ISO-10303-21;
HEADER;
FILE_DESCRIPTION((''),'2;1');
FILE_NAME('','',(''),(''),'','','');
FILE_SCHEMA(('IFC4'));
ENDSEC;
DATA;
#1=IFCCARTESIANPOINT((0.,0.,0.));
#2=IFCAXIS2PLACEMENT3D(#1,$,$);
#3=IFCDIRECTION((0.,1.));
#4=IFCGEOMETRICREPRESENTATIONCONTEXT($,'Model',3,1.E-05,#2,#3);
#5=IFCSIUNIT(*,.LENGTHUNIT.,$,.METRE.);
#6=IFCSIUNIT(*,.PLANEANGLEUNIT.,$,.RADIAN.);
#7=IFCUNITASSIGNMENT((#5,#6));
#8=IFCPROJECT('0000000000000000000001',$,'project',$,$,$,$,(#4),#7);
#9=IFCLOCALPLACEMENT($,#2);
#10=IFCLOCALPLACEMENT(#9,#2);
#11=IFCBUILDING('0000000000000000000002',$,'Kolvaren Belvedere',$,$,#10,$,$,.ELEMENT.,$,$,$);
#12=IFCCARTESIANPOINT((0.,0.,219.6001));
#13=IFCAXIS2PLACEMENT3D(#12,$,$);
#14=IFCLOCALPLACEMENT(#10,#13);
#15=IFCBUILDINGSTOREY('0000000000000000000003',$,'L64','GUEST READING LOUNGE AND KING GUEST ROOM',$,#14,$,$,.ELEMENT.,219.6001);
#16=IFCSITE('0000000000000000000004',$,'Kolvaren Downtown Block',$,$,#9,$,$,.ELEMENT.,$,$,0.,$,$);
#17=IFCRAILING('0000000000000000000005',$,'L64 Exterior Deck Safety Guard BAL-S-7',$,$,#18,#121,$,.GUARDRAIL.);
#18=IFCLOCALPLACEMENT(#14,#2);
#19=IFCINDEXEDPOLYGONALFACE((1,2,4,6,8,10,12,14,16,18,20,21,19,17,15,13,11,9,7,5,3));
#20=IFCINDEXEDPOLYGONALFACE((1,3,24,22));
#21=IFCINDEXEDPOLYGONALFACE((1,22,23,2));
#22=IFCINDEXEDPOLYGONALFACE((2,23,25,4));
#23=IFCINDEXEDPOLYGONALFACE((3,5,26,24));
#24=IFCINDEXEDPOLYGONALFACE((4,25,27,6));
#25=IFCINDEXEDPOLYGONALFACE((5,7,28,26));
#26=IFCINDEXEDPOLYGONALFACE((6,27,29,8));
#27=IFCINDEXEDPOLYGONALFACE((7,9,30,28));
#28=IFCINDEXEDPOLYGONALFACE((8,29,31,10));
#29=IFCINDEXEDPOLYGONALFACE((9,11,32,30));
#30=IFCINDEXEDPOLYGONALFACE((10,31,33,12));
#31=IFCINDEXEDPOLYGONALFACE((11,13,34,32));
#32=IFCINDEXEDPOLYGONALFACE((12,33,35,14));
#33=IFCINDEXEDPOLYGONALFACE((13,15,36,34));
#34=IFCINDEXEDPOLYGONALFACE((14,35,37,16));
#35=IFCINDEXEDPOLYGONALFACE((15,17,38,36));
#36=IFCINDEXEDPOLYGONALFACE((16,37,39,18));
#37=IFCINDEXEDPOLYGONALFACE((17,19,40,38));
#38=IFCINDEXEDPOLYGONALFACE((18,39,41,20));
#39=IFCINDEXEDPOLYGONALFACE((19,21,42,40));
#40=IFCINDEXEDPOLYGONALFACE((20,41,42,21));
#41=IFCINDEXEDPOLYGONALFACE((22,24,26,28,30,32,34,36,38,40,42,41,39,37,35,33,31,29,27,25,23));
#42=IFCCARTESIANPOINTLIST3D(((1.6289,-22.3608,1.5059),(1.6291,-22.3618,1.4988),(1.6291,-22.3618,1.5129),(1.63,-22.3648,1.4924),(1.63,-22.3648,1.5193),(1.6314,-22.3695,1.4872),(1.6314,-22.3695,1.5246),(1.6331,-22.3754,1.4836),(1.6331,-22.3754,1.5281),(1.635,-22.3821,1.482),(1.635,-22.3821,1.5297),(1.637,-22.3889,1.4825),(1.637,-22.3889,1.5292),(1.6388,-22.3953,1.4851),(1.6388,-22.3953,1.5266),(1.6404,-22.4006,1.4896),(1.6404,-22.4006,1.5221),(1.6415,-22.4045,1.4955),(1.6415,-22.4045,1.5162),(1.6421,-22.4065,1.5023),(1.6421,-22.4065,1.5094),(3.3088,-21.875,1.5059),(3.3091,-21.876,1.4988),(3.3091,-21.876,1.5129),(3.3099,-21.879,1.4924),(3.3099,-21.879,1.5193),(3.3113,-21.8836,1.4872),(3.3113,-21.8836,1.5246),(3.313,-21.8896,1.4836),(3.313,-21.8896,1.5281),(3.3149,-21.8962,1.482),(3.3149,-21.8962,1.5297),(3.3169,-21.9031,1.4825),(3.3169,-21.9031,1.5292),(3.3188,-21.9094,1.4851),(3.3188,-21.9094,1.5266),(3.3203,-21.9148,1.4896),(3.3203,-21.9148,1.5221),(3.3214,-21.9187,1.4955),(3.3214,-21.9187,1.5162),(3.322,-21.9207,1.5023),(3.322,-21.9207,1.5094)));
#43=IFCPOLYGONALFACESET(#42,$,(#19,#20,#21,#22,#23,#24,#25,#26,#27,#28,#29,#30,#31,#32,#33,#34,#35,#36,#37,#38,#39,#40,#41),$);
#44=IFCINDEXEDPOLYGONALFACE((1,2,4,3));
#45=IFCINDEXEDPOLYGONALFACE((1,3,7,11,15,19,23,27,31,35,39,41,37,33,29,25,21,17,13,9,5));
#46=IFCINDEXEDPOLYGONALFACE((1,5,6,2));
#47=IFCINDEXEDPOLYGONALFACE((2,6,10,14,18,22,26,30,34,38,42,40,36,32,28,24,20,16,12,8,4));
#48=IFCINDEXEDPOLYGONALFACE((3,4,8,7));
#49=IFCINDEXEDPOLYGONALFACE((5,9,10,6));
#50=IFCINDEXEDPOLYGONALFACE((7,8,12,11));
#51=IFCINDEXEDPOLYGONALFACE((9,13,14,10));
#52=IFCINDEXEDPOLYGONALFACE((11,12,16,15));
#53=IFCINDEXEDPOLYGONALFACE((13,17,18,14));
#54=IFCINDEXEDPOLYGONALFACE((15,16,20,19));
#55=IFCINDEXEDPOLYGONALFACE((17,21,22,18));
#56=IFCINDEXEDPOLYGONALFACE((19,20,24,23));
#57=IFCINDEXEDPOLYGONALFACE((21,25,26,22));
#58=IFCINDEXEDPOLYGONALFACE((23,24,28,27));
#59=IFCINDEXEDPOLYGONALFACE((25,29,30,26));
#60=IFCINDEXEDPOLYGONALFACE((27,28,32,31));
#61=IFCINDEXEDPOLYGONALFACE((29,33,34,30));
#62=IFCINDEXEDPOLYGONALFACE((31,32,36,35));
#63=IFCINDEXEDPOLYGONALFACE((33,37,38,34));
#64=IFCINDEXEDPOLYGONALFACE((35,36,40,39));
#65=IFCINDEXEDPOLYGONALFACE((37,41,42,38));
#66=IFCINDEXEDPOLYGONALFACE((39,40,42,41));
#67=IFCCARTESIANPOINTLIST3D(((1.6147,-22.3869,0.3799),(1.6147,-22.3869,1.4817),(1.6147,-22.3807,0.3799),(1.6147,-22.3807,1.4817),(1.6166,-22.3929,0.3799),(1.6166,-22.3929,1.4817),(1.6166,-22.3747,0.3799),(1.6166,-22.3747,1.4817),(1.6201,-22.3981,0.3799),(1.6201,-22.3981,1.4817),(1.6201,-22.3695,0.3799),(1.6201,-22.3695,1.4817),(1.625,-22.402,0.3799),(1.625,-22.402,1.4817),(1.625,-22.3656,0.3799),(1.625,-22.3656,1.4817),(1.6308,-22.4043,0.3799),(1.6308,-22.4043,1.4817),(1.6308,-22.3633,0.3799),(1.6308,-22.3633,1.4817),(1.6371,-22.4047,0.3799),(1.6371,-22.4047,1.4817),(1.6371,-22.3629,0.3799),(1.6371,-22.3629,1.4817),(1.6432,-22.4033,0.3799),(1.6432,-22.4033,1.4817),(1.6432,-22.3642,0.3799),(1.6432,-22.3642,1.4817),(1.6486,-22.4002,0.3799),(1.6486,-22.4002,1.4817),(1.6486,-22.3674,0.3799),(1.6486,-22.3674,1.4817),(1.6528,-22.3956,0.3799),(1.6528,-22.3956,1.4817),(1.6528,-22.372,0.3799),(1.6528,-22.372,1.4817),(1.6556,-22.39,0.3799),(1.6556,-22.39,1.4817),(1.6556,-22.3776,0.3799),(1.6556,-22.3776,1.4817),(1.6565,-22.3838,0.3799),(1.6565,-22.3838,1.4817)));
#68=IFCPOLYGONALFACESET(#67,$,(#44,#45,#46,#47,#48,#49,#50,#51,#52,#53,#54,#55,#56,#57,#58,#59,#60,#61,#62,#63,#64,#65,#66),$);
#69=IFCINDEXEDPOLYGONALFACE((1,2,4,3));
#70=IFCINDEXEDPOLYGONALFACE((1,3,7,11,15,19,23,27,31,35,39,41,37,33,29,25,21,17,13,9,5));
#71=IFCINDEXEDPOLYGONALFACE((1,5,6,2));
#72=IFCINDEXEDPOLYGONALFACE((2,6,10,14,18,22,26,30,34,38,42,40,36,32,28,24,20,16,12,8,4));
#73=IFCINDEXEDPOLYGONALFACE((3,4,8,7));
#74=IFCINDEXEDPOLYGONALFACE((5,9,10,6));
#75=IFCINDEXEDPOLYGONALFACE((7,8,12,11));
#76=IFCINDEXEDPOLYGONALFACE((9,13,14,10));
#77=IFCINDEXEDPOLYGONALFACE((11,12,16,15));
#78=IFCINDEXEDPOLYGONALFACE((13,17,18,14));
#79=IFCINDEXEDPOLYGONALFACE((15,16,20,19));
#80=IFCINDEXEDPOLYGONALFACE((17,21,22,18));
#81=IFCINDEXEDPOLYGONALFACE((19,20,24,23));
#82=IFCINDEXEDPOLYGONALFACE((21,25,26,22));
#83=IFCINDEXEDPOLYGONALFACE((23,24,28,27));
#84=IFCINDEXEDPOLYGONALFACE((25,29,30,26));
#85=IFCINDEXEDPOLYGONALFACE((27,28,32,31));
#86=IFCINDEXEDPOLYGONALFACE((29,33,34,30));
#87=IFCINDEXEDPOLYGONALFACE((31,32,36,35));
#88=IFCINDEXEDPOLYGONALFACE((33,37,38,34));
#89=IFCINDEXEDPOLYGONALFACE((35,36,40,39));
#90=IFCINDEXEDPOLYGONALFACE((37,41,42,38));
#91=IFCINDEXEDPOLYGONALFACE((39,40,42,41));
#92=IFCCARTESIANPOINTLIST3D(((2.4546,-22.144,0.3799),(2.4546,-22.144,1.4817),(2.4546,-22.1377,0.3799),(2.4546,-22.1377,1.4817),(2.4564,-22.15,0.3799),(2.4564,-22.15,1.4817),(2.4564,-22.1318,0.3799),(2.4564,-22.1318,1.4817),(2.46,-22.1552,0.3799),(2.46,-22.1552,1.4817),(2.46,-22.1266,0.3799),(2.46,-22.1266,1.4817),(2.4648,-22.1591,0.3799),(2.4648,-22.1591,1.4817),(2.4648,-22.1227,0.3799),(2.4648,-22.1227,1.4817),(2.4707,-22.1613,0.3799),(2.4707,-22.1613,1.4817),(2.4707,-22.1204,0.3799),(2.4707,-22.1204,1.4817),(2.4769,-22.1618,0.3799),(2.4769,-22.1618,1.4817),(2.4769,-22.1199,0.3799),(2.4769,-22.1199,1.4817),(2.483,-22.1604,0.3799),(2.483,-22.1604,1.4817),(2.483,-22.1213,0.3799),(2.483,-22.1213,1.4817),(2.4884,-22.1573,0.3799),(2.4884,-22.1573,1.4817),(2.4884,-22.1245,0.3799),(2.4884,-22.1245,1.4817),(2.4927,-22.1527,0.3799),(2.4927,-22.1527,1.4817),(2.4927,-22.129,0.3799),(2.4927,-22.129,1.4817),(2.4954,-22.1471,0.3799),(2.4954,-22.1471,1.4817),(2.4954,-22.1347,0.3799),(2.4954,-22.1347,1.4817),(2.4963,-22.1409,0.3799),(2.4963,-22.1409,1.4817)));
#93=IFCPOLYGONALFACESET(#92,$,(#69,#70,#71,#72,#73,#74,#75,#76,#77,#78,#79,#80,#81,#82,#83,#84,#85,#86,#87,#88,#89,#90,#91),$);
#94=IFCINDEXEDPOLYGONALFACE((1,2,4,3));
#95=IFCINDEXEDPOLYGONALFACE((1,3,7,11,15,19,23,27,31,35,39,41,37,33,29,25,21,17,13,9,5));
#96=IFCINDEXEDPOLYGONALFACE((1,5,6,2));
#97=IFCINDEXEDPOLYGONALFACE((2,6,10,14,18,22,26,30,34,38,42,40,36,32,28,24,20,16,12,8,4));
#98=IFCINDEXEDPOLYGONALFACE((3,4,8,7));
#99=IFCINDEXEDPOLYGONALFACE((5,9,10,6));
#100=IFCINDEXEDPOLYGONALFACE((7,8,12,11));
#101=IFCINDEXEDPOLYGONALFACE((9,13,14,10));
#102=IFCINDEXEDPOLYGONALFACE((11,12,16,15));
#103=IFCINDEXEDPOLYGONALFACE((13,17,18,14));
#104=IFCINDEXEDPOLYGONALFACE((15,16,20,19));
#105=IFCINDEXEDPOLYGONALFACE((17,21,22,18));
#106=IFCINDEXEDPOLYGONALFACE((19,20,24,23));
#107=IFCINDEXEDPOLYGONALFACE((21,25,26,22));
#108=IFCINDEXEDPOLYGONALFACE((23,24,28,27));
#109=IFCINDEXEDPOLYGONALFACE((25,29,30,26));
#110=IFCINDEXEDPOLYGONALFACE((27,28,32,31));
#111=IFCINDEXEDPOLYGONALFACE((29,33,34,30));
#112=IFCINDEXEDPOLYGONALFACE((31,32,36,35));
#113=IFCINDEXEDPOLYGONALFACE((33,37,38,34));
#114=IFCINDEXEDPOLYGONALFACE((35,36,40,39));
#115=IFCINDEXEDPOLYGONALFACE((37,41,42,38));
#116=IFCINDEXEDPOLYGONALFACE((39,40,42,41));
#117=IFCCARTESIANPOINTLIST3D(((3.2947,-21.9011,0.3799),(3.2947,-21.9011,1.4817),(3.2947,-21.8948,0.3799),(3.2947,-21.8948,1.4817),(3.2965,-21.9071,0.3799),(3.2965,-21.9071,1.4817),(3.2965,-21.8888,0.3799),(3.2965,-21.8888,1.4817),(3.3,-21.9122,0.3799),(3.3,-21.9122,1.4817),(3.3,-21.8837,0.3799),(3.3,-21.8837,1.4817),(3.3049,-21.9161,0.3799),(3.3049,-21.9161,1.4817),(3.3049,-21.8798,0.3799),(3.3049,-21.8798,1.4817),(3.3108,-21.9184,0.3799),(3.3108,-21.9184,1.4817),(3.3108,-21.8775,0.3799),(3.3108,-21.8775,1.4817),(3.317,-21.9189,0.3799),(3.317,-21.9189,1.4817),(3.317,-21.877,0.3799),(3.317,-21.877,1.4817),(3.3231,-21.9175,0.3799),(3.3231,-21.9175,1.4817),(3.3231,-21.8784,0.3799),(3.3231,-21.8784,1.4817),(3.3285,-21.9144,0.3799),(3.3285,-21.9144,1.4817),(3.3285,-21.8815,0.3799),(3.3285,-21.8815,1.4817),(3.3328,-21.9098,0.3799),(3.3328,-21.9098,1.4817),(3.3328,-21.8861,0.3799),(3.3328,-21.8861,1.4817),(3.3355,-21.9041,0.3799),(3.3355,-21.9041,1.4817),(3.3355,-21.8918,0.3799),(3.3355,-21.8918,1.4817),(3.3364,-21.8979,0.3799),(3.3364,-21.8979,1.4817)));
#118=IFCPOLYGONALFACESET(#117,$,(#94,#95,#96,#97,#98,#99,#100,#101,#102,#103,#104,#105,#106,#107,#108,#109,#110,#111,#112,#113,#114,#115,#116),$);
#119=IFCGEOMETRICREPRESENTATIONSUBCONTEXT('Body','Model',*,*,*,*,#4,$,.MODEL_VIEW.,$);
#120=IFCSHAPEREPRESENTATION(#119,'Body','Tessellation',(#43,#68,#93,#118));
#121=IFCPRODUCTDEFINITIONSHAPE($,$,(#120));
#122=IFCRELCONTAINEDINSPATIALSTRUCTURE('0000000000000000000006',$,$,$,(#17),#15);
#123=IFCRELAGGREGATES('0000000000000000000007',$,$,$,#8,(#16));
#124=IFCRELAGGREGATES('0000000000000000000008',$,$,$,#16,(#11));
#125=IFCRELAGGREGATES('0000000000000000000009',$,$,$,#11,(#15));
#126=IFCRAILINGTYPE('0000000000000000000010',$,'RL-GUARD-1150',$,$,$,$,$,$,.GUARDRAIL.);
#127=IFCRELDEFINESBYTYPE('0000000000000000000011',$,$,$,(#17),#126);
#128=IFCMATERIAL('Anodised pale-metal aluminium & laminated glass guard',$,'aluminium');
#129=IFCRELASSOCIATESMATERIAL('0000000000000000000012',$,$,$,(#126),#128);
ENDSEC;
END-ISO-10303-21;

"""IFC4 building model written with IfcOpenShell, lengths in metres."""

from ifc_helpers import new_model, si_unit, direction, frame, origin, origin_2d, place, context, subcontext, project, spatial, circle, extrude, material, type_object, element, save


model = new_model("IFC4")

# Units and contexts
model_context = context("Model", 3, precision=1e-05, world=origin(), true_north=direction((0.0, 1.0)))
body_context = subcontext(model_context, "Body", "Model", "MODEL_VIEW")
ifc_project = project(units=[si_unit("LENGTHUNIT", "METRE"), si_unit("PLANEANGLEUNIT", "RADIAN")], contexts=[model_context])

# Site, building, storey
site_placement = place(None, origin())
site = spatial("IfcSite", under=ifc_project, at=site_placement, Name="Kolvaren Downtown Block", CompositionType="ELEMENT", RefElevation=0.0)
building_placement = place(site_placement, origin())
building = spatial("IfcBuilding", under=site, at=building_placement, Name="Kolvaren Belvedere", CompositionType="ELEMENT")
storey_placement = place(building_placement, frame((0.0, 0.0, 219.6001)))
storey = spatial("IfcBuildingStorey", under=building, at=storey_placement, Name="L64", Description="GUEST READING LOUNGE AND KING GUEST ROOM", CompositionType="ELEMENT", Elevation=219.6001)

# Railing
ifc_material_1 = material(Name="Anodised pale-metal aluminium & laminated glass guard", Category="aluminium")
railing_type = type_object("IfcRailingType", Name="RL-GUARD-1150", PredefinedType="GUARDRAIL", material=ifc_material_1)
railing_1_placement = place(storey_placement, frame((1.6355, -22.3838, 0.3799)))
element("IfcRailing", 1, at=railing_1_placement, inside=storey, type_object=railing_type, Name="L64 Exterior Deck Safety Guard BAL-S-7", PredefinedType="GUARDRAIL", context=body_context, shape_type="SweptSolid", body=[
    extrude(circle(Radius=0.0239, at=origin_2d()), frame((0.0, 0.0, 1.126), z_axis=(0.960634, 0.277817, 0.0), x_axis=(-0.277817, 0.960634, 0.0)), (0.0, 0.0, 1.0), 1.7488),
    extrude(circle(Radius=0.021, at=origin_2d()), origin(), (0.0, 0.0, 1.0), 1.1018),
    extrude(circle(Radius=0.021, at=origin_2d()), frame((0.8398, 0.2429, 0.0)), (0.0, 0.0, 1.0), 1.1018),
    extrude(circle(Radius=0.021, at=origin_2d()), frame((1.6799, 0.4858, 0.0)), (0.0, 0.0, 1.0), 1.1018),
])

save(model, "model.ifc")
